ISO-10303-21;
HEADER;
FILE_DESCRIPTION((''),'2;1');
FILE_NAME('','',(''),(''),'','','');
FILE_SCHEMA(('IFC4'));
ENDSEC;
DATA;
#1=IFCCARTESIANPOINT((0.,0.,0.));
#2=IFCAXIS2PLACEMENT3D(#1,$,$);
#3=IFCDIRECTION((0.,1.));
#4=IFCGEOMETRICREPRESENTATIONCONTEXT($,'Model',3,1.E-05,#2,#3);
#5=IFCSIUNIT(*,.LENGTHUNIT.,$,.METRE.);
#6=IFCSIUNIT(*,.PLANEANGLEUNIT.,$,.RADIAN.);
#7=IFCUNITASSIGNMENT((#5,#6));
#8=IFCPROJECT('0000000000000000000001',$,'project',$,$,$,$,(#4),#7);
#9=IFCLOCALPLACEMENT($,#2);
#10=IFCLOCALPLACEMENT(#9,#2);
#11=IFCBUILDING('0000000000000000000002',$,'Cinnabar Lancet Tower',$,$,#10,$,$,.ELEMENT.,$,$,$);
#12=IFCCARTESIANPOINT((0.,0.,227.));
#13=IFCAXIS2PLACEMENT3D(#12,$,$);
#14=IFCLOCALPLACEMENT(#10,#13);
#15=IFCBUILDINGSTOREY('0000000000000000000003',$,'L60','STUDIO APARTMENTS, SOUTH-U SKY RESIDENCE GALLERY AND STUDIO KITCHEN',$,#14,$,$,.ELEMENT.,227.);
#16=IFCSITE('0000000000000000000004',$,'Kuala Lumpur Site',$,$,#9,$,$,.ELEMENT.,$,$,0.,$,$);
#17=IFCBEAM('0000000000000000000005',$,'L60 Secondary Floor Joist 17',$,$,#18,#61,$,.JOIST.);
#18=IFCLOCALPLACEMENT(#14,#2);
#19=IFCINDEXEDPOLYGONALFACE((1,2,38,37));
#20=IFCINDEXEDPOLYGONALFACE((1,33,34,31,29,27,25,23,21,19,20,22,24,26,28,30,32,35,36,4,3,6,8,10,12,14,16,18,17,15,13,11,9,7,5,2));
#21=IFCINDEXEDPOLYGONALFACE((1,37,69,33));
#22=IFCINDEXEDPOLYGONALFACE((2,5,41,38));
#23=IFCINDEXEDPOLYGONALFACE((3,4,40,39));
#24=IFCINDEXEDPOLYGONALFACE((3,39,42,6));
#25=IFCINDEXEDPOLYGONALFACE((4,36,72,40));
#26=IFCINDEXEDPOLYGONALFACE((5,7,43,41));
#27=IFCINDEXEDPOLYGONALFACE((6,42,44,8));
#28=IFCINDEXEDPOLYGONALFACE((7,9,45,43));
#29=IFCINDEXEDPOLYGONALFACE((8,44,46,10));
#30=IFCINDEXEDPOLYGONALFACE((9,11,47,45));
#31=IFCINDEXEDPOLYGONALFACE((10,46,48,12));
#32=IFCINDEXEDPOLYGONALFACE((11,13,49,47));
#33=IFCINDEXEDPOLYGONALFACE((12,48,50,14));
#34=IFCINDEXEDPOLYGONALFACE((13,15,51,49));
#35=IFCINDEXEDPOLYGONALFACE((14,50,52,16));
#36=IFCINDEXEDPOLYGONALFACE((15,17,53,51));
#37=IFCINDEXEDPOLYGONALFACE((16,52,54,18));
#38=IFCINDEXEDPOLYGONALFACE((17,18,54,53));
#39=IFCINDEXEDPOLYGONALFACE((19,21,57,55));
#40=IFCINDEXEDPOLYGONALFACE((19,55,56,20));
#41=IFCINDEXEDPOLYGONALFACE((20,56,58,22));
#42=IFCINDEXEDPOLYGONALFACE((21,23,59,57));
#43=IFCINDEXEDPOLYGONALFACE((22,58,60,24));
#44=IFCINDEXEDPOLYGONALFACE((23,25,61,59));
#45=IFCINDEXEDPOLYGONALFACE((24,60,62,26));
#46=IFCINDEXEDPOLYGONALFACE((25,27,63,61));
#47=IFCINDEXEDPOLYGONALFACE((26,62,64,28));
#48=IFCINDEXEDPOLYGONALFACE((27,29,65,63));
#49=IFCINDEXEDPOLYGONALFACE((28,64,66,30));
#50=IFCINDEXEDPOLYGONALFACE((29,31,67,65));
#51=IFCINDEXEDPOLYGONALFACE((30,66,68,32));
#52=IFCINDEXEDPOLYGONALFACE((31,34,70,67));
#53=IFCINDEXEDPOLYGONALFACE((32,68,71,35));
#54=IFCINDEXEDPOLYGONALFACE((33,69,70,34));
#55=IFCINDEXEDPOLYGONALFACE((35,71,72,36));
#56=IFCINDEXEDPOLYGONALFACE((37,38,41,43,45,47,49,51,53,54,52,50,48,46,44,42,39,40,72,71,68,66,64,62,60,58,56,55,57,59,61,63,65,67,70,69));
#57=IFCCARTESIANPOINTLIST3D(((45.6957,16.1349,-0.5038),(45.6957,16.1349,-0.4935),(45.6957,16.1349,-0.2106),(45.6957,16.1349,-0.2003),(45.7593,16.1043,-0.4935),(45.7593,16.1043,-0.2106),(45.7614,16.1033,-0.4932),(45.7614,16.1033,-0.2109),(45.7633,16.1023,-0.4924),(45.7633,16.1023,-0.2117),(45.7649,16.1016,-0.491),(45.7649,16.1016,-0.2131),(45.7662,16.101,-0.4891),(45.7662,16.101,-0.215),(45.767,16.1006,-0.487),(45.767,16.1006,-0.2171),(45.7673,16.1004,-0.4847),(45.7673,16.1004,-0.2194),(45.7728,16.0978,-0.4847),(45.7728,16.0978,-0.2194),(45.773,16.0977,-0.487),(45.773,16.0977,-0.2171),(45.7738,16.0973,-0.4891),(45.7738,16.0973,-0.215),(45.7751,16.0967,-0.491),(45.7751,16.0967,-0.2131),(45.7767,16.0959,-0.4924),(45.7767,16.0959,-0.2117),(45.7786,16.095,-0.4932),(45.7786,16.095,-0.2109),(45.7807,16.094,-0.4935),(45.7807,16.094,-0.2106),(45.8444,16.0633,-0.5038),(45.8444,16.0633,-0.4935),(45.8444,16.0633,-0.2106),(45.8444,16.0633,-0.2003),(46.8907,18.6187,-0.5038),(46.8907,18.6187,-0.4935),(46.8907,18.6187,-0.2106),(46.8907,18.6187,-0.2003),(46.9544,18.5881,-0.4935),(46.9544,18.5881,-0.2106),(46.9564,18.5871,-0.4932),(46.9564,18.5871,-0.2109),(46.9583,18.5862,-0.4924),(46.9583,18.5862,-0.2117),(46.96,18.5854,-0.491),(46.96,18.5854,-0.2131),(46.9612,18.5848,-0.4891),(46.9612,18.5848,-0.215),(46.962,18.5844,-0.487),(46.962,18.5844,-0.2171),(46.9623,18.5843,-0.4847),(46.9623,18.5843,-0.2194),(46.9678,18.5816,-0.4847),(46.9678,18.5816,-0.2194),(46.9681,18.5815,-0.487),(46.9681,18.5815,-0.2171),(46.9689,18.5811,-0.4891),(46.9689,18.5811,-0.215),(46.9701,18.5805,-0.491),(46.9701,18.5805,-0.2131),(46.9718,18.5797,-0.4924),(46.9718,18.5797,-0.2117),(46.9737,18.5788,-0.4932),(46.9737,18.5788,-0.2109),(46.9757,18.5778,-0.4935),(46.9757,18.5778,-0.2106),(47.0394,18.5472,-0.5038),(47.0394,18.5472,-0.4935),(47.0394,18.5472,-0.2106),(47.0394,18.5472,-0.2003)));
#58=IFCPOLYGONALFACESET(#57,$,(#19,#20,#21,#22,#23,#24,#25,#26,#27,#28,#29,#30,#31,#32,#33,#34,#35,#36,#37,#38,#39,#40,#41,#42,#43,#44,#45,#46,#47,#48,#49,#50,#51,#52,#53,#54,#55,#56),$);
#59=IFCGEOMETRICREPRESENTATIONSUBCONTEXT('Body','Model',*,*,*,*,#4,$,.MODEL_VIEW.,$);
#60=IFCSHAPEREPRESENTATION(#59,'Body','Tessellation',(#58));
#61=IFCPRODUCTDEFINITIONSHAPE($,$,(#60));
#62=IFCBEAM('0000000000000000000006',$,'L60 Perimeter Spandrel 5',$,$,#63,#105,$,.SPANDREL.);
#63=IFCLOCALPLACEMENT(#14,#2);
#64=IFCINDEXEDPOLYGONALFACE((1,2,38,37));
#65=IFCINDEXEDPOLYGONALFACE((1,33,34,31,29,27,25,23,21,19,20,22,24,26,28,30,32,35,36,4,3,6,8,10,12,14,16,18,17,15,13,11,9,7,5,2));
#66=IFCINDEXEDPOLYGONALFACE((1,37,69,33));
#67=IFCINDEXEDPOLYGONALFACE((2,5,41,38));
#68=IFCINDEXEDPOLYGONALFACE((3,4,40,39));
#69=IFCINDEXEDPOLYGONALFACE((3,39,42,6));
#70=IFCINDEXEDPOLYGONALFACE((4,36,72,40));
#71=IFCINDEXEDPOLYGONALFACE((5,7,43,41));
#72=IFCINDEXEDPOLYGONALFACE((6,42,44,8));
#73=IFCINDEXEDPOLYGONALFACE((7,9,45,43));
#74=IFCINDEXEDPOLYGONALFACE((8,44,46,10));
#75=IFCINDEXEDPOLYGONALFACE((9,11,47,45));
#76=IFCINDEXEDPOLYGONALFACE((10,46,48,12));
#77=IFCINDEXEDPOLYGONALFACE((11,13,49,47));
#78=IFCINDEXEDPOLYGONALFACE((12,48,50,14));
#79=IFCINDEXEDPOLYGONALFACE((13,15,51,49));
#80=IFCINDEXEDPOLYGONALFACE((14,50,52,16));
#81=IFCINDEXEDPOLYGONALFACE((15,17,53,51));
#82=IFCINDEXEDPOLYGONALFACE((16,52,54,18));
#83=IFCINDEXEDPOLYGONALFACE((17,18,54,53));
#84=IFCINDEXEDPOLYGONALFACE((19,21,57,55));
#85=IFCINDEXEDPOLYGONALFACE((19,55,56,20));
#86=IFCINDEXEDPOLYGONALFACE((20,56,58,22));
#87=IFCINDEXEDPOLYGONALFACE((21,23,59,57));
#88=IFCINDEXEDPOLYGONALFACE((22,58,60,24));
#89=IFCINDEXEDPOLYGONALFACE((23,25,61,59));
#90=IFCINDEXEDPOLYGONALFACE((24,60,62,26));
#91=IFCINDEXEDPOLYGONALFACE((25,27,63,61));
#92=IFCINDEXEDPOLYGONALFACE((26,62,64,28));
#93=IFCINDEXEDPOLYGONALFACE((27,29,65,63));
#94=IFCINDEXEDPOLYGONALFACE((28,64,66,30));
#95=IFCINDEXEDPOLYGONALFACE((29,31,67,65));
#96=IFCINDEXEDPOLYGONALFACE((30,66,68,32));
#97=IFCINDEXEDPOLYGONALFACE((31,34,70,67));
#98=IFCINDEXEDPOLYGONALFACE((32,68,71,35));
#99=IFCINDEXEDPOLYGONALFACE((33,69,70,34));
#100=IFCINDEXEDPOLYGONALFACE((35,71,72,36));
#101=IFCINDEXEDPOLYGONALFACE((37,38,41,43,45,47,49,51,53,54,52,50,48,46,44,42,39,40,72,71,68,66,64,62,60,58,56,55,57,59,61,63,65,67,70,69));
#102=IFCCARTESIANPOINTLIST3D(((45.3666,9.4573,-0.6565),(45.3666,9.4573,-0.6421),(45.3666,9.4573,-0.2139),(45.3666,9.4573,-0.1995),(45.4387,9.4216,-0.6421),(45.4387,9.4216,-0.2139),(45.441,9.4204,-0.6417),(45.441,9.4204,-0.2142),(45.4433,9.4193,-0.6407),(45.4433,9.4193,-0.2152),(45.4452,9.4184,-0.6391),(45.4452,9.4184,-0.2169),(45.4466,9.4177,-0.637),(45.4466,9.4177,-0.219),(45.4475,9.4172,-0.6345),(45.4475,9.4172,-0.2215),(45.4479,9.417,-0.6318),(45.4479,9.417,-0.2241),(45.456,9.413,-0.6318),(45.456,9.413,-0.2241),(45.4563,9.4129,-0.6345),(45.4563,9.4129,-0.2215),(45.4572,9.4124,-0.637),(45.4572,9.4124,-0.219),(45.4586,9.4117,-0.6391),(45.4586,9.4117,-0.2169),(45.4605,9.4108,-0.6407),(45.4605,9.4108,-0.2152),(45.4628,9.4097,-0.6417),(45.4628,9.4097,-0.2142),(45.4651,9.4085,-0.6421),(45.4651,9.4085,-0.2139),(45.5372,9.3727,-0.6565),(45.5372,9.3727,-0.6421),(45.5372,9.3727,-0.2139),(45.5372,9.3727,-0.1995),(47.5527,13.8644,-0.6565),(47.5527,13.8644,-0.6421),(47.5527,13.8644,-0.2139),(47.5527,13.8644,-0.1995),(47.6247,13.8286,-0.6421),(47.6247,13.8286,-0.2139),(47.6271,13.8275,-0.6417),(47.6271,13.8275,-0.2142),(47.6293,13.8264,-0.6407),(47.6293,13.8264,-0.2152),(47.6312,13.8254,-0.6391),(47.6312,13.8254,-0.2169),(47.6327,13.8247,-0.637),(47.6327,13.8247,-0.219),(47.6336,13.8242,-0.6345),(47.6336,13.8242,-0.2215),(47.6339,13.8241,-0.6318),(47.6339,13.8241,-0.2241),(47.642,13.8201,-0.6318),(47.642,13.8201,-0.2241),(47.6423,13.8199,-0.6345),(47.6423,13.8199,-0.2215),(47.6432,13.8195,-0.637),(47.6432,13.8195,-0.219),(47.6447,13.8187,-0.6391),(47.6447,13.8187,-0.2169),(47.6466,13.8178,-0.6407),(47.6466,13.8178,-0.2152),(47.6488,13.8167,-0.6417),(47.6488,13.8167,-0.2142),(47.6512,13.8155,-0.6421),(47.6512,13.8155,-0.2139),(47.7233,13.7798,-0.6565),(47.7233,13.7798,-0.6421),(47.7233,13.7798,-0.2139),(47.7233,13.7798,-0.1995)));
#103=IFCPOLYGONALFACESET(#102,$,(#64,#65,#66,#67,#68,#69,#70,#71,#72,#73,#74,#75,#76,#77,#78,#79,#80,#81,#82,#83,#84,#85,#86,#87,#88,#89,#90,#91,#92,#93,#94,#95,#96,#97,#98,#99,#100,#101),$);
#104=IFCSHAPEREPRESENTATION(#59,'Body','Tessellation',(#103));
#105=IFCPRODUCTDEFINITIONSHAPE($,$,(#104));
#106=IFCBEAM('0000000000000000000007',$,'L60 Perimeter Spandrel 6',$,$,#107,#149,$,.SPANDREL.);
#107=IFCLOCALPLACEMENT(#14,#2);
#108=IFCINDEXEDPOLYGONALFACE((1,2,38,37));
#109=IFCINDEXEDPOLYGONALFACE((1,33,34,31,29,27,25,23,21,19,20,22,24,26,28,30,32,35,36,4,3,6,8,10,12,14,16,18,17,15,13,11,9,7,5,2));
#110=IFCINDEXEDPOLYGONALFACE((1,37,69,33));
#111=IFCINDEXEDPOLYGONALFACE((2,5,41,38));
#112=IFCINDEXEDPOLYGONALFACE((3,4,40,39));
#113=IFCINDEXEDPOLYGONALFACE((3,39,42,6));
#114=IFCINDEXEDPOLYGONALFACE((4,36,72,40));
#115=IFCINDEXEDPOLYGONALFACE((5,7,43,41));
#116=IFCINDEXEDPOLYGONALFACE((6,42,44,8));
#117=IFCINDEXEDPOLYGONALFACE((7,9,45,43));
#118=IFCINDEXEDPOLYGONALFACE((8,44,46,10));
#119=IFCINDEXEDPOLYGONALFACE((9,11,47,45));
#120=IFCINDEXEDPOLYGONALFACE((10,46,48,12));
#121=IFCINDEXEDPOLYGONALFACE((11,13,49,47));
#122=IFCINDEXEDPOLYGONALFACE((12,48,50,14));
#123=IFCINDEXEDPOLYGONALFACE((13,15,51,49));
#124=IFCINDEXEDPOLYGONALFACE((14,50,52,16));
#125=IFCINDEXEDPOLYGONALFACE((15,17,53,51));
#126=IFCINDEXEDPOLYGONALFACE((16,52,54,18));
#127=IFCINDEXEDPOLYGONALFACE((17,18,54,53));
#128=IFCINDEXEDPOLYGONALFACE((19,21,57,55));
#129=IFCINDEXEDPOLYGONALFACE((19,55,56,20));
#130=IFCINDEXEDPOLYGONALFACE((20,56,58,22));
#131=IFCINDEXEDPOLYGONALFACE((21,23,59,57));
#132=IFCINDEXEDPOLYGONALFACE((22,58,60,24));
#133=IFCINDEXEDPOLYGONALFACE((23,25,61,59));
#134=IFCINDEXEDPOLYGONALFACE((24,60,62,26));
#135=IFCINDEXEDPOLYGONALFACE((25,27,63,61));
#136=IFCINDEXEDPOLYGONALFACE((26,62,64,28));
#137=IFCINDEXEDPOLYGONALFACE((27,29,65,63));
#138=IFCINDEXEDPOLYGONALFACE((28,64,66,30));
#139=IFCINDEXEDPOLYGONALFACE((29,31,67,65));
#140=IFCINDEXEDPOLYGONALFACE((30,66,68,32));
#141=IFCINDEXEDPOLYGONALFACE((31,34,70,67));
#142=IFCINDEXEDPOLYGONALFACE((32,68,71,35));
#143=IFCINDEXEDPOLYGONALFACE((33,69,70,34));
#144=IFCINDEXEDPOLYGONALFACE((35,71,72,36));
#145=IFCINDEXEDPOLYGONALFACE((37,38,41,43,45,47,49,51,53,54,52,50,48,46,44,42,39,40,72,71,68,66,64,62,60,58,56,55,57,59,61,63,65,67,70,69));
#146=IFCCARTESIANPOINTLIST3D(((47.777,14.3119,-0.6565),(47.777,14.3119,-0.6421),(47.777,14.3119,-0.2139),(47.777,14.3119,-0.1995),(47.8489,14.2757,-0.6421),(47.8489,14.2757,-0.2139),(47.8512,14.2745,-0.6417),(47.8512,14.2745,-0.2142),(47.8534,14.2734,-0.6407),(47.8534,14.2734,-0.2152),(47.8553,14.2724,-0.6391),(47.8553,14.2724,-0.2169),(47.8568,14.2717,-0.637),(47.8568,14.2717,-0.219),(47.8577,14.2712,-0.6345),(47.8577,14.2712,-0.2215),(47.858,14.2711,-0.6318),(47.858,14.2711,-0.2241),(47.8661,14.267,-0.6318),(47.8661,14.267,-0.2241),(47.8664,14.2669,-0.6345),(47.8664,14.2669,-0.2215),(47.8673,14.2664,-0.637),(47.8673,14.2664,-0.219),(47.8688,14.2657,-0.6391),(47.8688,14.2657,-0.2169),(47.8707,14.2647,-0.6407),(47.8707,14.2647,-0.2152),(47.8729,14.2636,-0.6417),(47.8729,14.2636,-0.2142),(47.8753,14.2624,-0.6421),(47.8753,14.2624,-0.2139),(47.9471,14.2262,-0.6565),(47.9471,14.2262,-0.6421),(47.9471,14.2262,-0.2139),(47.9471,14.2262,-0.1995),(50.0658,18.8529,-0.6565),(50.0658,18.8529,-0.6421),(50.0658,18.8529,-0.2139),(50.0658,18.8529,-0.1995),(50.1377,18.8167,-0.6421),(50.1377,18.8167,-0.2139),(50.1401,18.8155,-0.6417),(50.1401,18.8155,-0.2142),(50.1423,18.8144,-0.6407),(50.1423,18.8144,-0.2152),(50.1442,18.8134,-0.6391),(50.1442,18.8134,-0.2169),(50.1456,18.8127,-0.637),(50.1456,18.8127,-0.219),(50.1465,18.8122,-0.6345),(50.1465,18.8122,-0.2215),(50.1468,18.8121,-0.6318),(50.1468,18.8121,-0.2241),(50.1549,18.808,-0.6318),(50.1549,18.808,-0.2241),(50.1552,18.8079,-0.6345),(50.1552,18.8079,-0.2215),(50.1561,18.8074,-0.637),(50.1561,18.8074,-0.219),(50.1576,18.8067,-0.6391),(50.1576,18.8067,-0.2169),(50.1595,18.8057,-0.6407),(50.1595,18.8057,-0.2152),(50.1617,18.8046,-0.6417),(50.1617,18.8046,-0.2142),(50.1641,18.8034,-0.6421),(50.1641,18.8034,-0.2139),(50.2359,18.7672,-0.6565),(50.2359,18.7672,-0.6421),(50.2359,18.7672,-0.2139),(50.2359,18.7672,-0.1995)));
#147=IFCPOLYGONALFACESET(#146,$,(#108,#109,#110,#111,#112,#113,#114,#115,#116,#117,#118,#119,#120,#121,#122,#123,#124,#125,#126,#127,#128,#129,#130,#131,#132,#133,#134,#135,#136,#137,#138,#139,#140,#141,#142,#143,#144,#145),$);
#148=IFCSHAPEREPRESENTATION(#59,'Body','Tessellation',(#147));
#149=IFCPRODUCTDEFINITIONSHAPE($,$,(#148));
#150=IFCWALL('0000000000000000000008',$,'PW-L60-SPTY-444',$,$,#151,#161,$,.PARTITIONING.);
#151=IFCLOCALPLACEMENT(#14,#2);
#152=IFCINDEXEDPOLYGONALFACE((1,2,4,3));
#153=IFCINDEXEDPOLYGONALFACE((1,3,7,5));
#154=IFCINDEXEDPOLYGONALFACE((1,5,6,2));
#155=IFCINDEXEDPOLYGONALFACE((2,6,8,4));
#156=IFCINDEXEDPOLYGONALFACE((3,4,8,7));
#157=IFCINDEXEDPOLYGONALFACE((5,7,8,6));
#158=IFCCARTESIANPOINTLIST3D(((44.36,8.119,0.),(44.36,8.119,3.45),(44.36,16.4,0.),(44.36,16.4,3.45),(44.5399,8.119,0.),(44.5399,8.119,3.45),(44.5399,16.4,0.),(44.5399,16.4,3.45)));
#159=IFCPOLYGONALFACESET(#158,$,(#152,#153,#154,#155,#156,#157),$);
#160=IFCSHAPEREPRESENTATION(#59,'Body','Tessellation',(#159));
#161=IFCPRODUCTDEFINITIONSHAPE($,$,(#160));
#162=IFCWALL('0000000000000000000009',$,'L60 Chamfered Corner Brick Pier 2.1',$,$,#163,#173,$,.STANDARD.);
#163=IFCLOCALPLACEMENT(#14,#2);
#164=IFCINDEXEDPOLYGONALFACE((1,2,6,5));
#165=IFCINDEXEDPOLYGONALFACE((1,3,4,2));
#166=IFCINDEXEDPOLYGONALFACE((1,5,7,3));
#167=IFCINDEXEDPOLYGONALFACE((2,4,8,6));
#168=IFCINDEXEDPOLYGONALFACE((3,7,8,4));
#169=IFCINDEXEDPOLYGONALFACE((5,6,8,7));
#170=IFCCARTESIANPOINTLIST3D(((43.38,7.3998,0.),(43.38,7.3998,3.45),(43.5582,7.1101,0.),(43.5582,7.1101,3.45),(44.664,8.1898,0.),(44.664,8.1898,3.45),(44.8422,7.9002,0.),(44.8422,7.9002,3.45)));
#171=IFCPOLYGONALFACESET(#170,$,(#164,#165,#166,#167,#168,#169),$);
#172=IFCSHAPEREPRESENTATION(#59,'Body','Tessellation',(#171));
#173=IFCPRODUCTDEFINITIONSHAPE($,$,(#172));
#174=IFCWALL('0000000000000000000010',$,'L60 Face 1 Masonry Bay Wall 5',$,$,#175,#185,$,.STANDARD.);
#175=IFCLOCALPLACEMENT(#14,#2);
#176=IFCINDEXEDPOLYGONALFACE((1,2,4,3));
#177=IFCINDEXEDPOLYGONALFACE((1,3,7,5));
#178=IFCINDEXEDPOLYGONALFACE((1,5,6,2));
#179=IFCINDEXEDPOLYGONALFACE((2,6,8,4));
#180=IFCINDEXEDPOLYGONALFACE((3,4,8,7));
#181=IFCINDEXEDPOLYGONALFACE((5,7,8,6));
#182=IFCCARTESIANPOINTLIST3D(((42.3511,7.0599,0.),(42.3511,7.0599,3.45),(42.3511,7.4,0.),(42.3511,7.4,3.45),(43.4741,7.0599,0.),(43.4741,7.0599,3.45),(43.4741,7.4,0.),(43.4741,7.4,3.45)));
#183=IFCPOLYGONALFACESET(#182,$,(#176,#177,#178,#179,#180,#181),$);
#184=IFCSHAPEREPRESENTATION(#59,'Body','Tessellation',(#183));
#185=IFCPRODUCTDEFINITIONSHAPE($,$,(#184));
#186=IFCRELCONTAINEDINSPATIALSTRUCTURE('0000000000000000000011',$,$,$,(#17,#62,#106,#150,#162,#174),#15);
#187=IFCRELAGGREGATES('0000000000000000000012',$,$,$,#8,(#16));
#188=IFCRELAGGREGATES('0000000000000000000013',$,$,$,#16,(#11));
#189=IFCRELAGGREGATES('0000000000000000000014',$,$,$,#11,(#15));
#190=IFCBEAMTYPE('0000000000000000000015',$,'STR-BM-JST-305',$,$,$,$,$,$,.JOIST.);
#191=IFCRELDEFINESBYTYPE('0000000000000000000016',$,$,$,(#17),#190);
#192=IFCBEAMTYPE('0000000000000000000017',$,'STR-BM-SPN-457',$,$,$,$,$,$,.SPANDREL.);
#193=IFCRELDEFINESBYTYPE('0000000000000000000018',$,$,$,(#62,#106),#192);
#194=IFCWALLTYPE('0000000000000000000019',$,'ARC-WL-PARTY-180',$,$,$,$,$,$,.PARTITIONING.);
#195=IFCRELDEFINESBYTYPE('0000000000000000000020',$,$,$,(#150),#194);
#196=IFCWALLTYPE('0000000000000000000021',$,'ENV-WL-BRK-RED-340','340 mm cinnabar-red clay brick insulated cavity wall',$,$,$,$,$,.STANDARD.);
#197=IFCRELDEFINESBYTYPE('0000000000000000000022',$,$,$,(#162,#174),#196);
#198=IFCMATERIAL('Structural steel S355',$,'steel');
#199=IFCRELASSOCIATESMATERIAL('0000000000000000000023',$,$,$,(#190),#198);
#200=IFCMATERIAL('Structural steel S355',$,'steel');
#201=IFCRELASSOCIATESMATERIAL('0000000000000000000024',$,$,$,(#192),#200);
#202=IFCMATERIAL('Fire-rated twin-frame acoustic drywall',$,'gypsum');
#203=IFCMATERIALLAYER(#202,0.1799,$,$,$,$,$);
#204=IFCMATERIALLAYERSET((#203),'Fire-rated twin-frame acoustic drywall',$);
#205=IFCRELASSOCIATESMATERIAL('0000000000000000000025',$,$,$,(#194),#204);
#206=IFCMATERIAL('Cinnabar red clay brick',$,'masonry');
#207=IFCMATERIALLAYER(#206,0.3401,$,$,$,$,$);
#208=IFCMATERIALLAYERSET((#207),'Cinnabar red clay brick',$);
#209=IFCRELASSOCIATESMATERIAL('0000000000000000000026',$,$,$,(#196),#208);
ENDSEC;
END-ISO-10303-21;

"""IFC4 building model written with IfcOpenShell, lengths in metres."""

from ifc_helpers import new_model, si_unit, direction, frame, frame_2d, origin, origin_2d, place, context, subcontext, project, spatial, rectangle, i_section, extrude, material, layer, layer_set, material_profile, profile_set, type_object, element, save


model = new_model("IFC4")

# Units and contexts
model_context = context("Model", 3, precision=1e-05, world=origin(), true_north=direction((0.0, 1.0)))
body_context = subcontext(model_context, "Body", "Model", "MODEL_VIEW")
ifc_project = project(units=[si_unit("LENGTHUNIT", "METRE"), si_unit("PLANEANGLEUNIT", "RADIAN")], contexts=[model_context])

# Site, building, storey
site_placement = place(None, origin())
site = spatial("IfcSite", under=ifc_project, at=site_placement, Name="Kuala Lumpur Site", CompositionType="ELEMENT", RefElevation=0.0)
building_placement = place(site_placement, origin())
building = spatial("IfcBuilding", under=site, at=building_placement, Name="Cinnabar Lancet Tower", CompositionType="ELEMENT")
storey_placement = place(building_placement, frame((0.0, 0.0, 227.0)))
storey = spatial("IfcBuildingStorey", under=building, at=storey_placement, Name="L60", Description="STUDIO APARTMENTS, SOUTH-U SKY RESIDENCE GALLERY AND STUDIO KITCHEN", CompositionType="ELEMENT", Elevation=227.0)

# Beams
ifc_material_1 = material(Name="Structural steel S355", Category="steel")
ifc_material_profile_1 = material_profile(ifc_material_1, i_section(OverallWidth=0.165, OverallDepth=0.3035, WebThickness=0.0061, FlangeThickness=0.0103, FilletRadius=0.0088, at=origin_2d()), Name="UKB 305x165x40")
ifc_profile_set_1 = profile_set([ifc_material_profile_1], Name="Structural steel S355")
beam_type_1 = type_object("IfcBeamType", Name="STR-BM-JST-305", PredefinedType="JOIST", material=ifc_profile_set_1)
beam_1_placement = place(storey_placement, frame((45.77, 16.0991, -0.3521), z_axis=(0.433557, 0.901126, 0.0), x_axis=(-0.901126, 0.433557, 0.0)))
element("IfcBeam", 1, at=beam_1_placement, inside=storey, type_object=beam_type_1, Name="L60 Secondary Floor Joist 17", PredefinedType="JOIST", context=body_context, shape_type="SweptSolid", body=[
    extrude(i_section(OverallWidth=0.165, OverallDepth=0.3035, WebThickness=0.0061, FlangeThickness=0.0103, FilletRadius=0.0088, at=origin_2d()), origin(), (0.0, 0.0, 1.0), 2.7563),
])
ifc_material_2 = material(Name="Structural steel S355", Category="steel")
ifc_material_profile_2 = material_profile(ifc_material_2, i_section(OverallWidth=0.1904, OverallDepth=0.457, WebThickness=0.009, FlangeThickness=0.0144, FilletRadius=0.0103, at=origin_2d()), Name="UKB 457x191x74")
ifc_profile_set_2 = profile_set([ifc_material_profile_2], Name="Structural steel S355")
beam_type_2 = type_object("IfcBeamType", Name="STR-BM-SPN-457", PredefinedType="SPANDREL", material=ifc_profile_set_2)
beam_2_placement = place(storey_placement, frame((45.4519, 9.415, -0.428), z_axis=(0.444373, 0.895842, 0.0), x_axis=(-0.895842, 0.444373, 0.0)))
element("IfcBeam", 2, at=beam_2_placement, inside=storey, type_object=beam_type_2, Name="L60 Perimeter Spandrel 5", PredefinedType="SPANDREL", context=body_context, shape_type="SweptSolid", body=[
    extrude(i_section(OverallWidth=0.1904, OverallDepth=0.457, WebThickness=0.009, FlangeThickness=0.0144, FilletRadius=0.0103, at=origin_2d()), origin(), (0.0, 0.0, 1.0), 4.9194),
])
beam_3_placement = place(storey_placement, frame((47.8621, 14.269, -0.428), z_axis=(0.450092, 0.892982, 0.0), x_axis=(-0.892982, 0.450092, 0.0)))
element("IfcBeam", 3, at=beam_3_placement, inside=storey, type_object=beam_type_2, Name="L60 Perimeter Spandrel 6", PredefinedType="SPANDREL", context=body_context, shape_type="SweptSolid", body=[
    extrude(i_section(OverallWidth=0.1904, OverallDepth=0.457, WebThickness=0.009, FlangeThickness=0.0144, FilletRadius=0.0103, at=origin_2d()), origin(), (0.0, 0.0, 1.0), 5.0852),
])

# Walls
ifc_material_3 = material(Name="Fire-rated twin-frame acoustic drywall", Category="gypsum")
ifc_layer_1 = layer(ifc_material_3, 0.1799)
ifc_layer_set_1 = layer_set([ifc_layer_1], Name="Fire-rated twin-frame acoustic drywall")
wall_type_1 = type_object("IfcWallType", Name="ARC-WL-PARTY-180", PredefinedType="PARTITIONING", material=ifc_layer_set_1)
wall_1_placement = place(storey_placement, frame((44.45, 8.1189, 0.0), z_axis=(0.0, 0.0, 1.0), x_axis=(0.0, 1.0, 0.0)))
element("IfcWall", 4, at=wall_1_placement, inside=storey, type_object=wall_type_1, Name="PW-L60-SPTY-444", PredefinedType="PARTITIONING", context=body_context, shape_type="SweptSolid", body=[
    extrude(rectangle(XDim=8.281, YDim=0.1799, at=frame_2d((4.1406, 0.0))), origin(), (0.0, 0.0, 1.0), 3.45),
])
ifc_material_4 = material(Name="Cinnabar red clay brick", Category="masonry")
ifc_layer_2 = layer(ifc_material_4, 0.3401)
ifc_layer_set_2 = layer_set([ifc_layer_2], Name="Cinnabar red clay brick")
wall_type_2 = type_object("IfcWallType", Name="ENV-WL-BRK-RED-340", Description="340 mm cinnabar-red clay brick insulated cavity wall", PredefinedType="STANDARD", material=ifc_layer_set_2)
wall_2_placement = place(storey_placement, frame((43.469, 7.2549, 0.0), z_axis=(0.0, 0.0, 1.0), x_axis=(0.851681, 0.524061, 0.0)))
element("IfcWall", 5, at=wall_2_placement, inside=storey, type_object=wall_type_2, Name="L60 Chamfered Corner Brick Pier 2.1", PredefinedType="STANDARD", context=body_context, shape_type="SweptSolid", body=[
    extrude(rectangle(XDim=1.5076, YDim=0.3401, at=frame_2d((0.7539, 0.0))), origin(), (0.0, 0.0, 1.0), 3.45),
])
wall_3_placement = place(storey_placement, frame((42.3511, 7.23, 0.0), z_axis=(0.0, 0.0, 1.0), x_axis=(1.0, 0.0, 0.0)))
element("IfcWall", 6, at=wall_3_placement, inside=storey, type_object=wall_type_2, Name="L60 Face 1 Masonry Bay Wall 5", PredefinedType="STANDARD", context=body_context, shape_type="SweptSolid", body=[
    extrude(rectangle(XDim=1.123, YDim=0.3401, at=frame_2d((0.5615, 0.0))), origin(), (0.0, 0.0, 1.0), 3.45),
])

save(model, "model.ifc")
